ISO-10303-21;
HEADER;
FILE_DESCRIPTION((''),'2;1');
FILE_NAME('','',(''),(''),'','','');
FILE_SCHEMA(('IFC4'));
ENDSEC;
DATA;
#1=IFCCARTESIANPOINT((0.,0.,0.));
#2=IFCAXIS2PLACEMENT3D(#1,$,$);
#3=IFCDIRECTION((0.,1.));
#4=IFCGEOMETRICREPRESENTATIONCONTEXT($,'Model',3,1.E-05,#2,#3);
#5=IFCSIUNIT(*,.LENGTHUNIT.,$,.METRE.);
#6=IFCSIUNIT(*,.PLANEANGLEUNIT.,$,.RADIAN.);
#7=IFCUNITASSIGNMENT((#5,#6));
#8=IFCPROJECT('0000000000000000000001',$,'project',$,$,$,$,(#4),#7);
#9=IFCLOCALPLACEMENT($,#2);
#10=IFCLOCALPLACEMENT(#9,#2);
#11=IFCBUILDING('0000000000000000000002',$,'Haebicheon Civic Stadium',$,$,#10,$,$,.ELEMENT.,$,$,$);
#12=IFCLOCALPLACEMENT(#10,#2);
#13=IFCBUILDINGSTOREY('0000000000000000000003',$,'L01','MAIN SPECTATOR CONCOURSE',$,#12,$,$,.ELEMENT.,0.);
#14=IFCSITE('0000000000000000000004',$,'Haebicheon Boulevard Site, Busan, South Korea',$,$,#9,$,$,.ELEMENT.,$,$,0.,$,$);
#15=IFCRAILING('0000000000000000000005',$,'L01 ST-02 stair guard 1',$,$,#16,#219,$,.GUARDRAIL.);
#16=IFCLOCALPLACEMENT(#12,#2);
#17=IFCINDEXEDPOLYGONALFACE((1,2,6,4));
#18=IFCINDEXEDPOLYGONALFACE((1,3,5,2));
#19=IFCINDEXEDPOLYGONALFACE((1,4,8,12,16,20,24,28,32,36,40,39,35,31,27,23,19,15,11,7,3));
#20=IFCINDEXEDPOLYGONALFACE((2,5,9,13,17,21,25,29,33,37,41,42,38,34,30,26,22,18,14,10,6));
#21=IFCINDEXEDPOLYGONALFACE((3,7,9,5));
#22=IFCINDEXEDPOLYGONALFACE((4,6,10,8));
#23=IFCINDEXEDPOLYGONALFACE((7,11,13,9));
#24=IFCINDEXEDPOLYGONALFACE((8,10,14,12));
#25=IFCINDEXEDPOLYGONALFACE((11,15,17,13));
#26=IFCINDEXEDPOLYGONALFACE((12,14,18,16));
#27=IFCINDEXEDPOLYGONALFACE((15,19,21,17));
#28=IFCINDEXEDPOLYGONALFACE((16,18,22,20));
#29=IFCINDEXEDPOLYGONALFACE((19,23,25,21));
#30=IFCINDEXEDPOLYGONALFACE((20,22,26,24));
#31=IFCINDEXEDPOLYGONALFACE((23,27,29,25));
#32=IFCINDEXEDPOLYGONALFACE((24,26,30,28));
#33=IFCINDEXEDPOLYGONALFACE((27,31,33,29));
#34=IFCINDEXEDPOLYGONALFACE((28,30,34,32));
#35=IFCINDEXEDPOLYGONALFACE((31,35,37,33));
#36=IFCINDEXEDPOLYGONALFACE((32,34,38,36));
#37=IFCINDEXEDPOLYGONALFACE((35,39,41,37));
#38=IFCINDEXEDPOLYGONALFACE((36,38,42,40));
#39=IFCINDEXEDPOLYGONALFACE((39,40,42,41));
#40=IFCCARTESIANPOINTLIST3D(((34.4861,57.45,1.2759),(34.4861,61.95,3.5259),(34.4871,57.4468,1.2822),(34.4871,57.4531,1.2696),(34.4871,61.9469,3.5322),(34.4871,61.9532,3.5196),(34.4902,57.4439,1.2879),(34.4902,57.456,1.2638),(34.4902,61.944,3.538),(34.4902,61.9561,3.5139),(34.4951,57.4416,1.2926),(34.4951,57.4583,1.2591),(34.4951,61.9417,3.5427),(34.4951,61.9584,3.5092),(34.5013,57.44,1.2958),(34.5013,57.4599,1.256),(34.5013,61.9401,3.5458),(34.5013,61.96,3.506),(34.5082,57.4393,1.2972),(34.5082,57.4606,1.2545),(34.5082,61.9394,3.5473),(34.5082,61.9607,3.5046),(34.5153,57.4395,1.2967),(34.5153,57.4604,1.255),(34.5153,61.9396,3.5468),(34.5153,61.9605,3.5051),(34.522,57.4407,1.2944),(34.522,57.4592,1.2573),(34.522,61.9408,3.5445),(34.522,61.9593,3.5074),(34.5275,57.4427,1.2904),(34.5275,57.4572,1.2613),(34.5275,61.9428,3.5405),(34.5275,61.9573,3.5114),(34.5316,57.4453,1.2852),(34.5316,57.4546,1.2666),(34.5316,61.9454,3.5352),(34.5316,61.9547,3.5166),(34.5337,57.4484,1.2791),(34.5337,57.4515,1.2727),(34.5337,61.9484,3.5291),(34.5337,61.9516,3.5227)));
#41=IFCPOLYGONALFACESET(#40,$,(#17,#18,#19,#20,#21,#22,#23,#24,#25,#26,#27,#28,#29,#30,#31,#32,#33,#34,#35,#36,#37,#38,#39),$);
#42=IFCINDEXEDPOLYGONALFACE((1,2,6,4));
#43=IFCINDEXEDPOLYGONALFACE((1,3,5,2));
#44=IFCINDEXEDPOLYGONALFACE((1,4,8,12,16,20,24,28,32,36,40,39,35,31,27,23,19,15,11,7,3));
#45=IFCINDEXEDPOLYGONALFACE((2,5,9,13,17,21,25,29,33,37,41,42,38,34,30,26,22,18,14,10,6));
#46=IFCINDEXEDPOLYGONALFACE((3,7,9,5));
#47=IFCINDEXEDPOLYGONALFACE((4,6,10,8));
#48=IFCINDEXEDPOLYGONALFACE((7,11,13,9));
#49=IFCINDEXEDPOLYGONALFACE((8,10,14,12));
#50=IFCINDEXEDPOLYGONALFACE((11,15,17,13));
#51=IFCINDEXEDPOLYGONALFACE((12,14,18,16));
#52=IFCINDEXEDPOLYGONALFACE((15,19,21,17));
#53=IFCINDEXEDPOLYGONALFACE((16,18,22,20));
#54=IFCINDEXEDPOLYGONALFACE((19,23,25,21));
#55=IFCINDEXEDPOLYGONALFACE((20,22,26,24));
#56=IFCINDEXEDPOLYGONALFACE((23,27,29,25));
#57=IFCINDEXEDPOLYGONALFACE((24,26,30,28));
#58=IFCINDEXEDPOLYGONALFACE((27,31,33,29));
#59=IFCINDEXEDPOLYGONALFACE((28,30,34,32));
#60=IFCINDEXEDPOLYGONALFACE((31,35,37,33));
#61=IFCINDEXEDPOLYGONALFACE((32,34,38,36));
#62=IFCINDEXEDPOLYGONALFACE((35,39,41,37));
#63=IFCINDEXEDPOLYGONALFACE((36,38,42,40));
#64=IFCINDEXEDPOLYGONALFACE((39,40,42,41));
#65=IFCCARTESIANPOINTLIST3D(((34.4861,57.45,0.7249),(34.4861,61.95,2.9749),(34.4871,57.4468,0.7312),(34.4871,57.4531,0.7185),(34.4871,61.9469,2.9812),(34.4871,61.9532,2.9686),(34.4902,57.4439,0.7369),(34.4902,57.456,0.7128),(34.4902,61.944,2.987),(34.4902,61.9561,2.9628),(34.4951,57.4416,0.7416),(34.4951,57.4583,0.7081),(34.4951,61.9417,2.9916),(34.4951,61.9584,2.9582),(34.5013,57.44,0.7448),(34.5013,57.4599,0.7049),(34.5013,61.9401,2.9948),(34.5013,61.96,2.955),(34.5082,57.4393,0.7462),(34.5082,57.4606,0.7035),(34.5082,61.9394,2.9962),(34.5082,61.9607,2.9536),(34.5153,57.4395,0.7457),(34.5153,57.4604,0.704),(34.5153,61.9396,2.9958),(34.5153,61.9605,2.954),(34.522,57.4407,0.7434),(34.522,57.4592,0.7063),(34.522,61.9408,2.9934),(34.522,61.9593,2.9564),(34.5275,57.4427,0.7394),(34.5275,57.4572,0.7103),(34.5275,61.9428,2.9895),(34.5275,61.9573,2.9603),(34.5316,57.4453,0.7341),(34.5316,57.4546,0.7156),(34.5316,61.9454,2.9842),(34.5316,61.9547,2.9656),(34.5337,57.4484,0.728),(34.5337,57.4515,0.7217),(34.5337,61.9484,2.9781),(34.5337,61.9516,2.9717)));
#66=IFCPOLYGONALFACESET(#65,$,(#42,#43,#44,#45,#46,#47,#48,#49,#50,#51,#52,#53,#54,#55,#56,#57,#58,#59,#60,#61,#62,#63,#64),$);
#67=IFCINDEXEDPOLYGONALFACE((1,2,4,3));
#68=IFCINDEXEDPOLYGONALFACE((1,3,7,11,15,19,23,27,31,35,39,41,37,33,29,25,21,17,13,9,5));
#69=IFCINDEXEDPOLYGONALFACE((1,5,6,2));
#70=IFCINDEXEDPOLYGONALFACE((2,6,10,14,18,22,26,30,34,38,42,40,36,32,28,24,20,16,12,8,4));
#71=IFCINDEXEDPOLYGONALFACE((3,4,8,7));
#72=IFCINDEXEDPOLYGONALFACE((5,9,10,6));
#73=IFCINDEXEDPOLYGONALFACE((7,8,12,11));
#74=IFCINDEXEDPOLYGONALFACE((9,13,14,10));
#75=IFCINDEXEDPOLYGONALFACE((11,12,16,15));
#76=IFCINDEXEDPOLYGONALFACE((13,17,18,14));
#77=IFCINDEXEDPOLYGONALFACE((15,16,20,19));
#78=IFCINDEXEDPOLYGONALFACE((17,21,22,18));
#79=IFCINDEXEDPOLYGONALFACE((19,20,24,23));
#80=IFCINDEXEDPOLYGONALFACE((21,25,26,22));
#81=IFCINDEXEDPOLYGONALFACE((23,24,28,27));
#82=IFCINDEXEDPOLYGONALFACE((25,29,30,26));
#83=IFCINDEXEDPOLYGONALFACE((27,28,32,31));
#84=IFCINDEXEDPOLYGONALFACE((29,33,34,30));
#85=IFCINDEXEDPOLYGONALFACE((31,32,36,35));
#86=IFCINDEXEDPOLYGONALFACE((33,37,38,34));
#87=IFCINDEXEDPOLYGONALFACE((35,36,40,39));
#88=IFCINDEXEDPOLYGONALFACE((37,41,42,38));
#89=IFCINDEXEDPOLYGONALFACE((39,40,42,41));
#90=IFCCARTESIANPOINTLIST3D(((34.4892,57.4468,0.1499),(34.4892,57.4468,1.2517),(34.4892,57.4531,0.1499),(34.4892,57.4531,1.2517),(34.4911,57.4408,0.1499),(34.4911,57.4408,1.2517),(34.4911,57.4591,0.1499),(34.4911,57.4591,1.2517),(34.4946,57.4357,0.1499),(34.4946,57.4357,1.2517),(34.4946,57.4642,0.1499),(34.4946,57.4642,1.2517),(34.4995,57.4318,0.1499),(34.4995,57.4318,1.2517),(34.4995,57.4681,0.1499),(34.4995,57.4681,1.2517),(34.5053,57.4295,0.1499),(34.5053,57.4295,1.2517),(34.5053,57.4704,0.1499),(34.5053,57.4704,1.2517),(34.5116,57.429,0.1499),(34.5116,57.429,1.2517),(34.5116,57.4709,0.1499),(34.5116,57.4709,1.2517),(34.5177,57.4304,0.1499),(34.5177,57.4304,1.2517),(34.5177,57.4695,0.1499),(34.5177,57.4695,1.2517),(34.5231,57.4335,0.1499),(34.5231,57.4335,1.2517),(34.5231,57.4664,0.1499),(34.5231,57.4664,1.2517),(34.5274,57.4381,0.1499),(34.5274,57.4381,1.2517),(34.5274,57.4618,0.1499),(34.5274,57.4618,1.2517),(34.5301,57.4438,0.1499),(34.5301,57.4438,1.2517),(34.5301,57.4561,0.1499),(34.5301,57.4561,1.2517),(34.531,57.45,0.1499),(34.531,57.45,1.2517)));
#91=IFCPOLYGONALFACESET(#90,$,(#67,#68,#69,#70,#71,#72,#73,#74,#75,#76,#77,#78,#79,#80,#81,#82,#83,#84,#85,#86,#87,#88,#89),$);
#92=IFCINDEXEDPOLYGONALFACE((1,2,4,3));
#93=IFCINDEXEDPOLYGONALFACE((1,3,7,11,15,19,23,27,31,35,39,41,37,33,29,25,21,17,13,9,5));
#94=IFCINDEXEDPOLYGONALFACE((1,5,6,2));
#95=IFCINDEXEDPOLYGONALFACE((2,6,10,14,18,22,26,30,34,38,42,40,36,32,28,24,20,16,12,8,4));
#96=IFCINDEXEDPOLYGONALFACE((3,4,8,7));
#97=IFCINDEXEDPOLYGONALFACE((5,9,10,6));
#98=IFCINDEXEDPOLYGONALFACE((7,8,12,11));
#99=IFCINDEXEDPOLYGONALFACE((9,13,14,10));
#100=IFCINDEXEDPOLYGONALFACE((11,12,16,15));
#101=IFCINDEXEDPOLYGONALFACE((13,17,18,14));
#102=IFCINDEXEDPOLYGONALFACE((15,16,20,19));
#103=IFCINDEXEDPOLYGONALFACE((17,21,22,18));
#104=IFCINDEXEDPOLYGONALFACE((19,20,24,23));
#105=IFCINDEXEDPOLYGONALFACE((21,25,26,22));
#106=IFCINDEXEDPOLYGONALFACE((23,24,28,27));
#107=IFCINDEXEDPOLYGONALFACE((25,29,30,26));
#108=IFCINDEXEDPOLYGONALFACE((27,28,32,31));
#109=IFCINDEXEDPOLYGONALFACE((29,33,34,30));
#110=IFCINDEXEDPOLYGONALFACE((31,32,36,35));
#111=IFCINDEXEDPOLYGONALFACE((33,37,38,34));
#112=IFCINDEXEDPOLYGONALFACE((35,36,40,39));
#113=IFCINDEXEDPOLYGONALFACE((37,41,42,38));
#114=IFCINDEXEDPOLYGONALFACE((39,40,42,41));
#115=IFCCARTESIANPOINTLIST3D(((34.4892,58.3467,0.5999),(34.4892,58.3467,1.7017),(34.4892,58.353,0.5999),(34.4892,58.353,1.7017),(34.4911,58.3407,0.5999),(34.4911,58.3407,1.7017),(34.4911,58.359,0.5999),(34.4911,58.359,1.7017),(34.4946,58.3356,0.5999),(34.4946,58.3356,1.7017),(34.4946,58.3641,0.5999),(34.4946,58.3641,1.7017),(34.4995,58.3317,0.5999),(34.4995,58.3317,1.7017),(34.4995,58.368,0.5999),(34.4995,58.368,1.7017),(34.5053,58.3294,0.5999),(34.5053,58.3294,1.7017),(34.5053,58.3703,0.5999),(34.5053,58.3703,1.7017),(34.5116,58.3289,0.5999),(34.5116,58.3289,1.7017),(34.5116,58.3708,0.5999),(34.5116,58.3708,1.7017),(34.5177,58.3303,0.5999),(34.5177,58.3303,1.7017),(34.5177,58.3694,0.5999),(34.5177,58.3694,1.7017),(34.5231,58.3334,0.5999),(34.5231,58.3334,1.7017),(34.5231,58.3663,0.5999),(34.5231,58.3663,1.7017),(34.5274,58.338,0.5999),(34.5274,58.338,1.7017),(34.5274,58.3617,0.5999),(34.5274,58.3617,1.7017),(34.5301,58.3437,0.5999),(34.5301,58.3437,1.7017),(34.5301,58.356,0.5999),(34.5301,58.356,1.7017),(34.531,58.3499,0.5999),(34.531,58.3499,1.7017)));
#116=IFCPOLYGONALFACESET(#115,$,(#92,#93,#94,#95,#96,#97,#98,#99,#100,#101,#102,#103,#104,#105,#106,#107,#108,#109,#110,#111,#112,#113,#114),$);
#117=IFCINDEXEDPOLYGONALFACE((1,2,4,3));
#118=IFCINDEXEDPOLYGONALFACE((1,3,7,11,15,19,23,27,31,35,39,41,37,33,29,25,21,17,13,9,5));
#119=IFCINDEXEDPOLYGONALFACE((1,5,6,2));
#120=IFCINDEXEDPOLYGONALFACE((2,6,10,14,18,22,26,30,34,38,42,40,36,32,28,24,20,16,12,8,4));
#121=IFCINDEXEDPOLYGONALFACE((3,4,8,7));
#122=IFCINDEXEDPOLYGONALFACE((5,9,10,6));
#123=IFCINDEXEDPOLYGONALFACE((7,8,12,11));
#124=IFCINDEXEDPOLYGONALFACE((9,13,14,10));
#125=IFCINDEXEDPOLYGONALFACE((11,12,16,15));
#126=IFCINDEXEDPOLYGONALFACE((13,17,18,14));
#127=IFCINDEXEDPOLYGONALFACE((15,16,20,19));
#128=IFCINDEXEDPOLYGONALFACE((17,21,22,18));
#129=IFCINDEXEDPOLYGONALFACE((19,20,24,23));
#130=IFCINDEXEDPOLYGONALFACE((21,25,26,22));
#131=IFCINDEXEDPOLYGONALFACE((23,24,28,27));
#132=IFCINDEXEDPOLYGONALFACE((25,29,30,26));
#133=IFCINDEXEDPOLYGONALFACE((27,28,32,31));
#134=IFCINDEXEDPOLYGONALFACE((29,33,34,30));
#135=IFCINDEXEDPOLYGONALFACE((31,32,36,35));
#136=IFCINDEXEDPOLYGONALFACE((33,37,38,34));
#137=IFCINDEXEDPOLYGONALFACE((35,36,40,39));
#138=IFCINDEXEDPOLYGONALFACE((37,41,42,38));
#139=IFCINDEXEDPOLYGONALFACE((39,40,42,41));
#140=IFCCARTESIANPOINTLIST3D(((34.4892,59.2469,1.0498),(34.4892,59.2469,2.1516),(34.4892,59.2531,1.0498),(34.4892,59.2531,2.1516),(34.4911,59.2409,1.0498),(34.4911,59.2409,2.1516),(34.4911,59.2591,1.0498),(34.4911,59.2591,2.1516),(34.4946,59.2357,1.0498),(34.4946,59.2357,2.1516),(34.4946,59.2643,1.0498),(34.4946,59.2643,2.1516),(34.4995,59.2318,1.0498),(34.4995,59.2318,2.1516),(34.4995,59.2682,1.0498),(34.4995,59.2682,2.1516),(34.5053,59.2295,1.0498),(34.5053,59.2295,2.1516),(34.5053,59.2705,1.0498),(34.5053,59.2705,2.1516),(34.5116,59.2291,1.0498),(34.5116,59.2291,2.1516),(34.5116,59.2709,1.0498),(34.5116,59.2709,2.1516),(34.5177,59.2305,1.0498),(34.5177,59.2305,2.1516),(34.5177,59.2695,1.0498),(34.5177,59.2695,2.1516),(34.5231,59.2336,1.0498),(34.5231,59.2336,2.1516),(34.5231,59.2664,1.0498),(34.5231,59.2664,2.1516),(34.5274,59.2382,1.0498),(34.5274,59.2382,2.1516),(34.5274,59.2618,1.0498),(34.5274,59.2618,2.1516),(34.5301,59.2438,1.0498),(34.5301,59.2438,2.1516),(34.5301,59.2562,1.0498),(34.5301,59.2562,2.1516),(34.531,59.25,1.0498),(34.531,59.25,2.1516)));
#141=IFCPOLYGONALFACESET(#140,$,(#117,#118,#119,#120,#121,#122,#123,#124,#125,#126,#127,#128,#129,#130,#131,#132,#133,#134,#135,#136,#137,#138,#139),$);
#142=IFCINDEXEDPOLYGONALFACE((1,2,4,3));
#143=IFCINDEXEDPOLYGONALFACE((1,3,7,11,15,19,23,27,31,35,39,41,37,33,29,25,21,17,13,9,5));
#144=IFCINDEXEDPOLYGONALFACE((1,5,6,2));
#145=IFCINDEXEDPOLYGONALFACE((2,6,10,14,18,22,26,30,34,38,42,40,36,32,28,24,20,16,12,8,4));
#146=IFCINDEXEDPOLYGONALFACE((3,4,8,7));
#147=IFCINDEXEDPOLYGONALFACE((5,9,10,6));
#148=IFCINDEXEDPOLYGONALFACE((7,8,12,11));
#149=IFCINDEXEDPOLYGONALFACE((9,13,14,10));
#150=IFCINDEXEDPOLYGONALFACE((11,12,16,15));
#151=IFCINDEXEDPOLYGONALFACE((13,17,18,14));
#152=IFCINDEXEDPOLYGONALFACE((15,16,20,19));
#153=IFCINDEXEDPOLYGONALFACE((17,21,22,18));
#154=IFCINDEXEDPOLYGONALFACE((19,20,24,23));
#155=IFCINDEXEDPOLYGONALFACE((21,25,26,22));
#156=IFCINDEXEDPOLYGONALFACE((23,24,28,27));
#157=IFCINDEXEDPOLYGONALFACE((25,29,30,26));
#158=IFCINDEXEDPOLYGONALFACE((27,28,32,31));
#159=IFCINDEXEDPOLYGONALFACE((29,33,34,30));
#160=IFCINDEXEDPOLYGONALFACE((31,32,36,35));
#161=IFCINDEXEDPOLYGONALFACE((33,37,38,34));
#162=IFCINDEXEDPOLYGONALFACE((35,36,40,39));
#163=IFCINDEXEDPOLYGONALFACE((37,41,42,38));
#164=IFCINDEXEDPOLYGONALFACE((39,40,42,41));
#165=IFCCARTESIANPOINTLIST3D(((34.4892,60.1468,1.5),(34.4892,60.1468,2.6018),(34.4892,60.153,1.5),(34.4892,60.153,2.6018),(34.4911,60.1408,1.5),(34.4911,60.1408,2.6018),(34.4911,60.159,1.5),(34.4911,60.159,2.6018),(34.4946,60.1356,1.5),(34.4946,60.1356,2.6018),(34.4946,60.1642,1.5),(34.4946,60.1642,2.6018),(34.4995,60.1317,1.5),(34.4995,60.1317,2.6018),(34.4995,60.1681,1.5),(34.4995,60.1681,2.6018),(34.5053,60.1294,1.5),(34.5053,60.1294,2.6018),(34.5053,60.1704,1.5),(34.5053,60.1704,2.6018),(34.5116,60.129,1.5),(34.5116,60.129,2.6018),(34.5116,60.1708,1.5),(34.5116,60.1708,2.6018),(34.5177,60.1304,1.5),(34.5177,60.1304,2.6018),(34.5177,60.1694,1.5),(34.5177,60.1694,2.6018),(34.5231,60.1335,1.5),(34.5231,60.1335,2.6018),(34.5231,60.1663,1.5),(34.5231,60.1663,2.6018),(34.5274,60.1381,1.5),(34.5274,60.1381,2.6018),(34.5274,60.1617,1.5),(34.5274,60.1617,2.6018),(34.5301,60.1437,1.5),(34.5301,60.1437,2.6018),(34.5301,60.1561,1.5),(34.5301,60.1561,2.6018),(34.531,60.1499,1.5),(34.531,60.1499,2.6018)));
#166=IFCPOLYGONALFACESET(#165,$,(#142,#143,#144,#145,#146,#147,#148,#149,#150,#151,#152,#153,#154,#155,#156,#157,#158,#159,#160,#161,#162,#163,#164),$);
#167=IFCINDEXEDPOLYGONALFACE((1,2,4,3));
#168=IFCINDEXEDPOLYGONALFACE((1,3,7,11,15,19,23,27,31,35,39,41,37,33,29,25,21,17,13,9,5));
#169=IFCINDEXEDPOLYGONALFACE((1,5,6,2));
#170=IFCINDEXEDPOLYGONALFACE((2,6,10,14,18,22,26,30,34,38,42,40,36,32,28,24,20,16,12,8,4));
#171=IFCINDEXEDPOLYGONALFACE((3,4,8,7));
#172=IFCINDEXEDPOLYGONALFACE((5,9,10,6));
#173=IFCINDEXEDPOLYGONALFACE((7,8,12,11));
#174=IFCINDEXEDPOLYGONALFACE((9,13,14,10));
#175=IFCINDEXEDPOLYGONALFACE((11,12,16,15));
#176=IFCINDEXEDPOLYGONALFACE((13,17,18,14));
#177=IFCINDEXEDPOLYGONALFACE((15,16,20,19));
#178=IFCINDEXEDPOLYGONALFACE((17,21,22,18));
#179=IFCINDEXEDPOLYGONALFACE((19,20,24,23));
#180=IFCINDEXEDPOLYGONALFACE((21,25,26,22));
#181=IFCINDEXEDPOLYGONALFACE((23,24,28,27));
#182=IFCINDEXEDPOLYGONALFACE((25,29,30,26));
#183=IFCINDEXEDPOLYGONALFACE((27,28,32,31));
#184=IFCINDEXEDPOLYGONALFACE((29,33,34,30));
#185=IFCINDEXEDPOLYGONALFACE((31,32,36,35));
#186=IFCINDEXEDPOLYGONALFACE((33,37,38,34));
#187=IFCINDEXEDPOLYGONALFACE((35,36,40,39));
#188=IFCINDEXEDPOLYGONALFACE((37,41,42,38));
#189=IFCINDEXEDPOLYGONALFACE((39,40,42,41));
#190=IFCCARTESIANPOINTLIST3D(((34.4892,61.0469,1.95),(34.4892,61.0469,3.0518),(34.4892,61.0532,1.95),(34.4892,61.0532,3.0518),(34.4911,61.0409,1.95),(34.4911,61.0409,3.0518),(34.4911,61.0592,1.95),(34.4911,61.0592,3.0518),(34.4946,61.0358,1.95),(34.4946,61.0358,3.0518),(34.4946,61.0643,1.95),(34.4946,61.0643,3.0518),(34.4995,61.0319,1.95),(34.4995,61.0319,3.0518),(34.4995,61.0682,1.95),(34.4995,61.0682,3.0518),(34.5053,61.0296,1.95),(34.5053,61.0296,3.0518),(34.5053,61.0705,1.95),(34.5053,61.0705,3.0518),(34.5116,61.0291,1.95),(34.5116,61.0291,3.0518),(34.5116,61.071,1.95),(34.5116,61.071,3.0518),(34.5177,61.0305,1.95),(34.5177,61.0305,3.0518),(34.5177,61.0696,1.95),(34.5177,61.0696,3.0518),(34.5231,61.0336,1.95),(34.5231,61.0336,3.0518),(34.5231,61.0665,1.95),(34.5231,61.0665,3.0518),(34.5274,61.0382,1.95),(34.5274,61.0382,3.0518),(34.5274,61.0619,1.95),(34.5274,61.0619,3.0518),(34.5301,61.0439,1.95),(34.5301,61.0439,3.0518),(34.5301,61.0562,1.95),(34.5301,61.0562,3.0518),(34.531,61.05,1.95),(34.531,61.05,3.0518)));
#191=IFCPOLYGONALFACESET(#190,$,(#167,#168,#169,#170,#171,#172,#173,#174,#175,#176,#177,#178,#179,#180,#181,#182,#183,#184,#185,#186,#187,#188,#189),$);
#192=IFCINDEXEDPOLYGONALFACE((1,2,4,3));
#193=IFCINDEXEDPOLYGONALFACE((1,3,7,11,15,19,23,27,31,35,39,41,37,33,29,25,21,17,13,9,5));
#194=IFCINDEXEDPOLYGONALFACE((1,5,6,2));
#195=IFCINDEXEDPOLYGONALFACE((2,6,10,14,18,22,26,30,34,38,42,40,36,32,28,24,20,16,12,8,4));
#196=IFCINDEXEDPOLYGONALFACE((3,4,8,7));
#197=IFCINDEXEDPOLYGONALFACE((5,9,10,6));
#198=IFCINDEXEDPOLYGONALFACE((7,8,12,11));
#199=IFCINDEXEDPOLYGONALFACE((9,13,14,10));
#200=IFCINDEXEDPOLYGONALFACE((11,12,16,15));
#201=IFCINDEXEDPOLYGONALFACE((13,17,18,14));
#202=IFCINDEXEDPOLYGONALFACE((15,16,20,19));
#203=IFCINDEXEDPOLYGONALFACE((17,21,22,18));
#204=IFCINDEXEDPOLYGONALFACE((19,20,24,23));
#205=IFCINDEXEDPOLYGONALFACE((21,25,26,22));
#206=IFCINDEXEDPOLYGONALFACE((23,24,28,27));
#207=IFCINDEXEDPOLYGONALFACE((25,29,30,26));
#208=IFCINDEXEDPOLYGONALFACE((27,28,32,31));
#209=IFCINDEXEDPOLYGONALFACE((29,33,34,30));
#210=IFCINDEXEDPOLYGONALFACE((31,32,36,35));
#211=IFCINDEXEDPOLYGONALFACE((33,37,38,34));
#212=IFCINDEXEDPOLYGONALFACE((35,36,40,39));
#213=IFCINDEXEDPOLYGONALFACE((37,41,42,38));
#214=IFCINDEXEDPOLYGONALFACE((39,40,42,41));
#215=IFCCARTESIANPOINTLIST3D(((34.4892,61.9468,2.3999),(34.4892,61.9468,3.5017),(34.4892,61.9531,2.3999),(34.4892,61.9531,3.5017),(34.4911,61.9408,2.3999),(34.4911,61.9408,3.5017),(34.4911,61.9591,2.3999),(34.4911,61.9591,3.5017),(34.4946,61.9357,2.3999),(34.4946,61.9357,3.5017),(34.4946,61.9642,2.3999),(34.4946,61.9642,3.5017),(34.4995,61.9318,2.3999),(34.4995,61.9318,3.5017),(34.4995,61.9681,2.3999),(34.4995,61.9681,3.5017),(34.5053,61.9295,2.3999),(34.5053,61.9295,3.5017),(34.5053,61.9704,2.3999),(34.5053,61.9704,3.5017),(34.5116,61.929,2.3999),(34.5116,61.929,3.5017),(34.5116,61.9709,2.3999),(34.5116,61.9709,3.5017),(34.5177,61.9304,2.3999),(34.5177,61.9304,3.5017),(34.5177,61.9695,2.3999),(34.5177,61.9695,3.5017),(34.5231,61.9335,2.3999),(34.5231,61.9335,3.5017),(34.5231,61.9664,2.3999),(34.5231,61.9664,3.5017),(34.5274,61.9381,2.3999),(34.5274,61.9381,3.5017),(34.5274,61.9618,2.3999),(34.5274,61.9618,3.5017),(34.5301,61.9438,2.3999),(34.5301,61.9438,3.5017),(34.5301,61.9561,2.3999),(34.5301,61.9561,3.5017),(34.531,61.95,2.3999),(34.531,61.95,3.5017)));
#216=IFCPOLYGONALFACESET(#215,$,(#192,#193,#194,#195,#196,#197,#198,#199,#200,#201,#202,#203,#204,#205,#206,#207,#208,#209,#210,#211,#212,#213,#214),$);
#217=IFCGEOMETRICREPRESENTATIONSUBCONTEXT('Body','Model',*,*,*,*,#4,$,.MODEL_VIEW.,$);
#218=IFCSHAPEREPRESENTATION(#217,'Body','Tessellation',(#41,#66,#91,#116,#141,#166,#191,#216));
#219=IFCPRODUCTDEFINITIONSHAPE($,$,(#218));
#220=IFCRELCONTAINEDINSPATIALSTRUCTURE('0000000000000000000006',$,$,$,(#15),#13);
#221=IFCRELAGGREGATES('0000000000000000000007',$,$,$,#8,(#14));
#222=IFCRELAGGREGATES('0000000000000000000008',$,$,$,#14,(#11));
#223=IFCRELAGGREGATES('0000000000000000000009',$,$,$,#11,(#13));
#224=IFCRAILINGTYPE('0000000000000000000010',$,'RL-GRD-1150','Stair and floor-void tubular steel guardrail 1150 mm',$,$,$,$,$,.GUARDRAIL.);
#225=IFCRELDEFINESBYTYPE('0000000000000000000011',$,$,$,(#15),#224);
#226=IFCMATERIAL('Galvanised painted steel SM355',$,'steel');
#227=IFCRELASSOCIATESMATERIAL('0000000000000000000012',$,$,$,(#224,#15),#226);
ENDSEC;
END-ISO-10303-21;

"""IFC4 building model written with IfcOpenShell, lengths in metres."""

from ifc_helpers import new_model, si_unit, direction, frame, origin, origin_2d, place, context, subcontext, project, spatial, circle, extrude, material, type_object, element, save


model = new_model("IFC4")

# Units and contexts
model_context = context("Model", 3, precision=1e-05, world=origin(), true_north=direction((0.0, 1.0)))
body_context = subcontext(model_context, "Body", "Model", "MODEL_VIEW")
ifc_project = project(units=[si_unit("LENGTHUNIT", "METRE"), si_unit("PLANEANGLEUNIT", "RADIAN")], contexts=[model_context])

# Site, building, storey
site_placement = place(None, origin())
site = spatial("IfcSite", under=ifc_project, at=site_placement, Name="Haebicheon Boulevard Site, Busan, South Korea", CompositionType="ELEMENT", RefElevation=0.0)
building_placement = place(site_placement, origin())
building = spatial("IfcBuilding", under=site, at=building_placement, Name="Haebicheon Civic Stadium", CompositionType="ELEMENT")
storey_placement = place(building_placement, origin())
storey = spatial("IfcBuildingStorey", under=building, at=storey_placement, Name="L01", Description="MAIN SPECTATOR CONCOURSE", CompositionType="ELEMENT", Elevation=0.0)

# Railing
ifc_material_1 = material(Name="Galvanised painted steel SM355", Category="steel")
railing_type_1 = type_object("IfcRailingType", Name="RL-GRD-1150", Description="Stair and floor-void tubular steel guardrail 1150 mm", PredefinedType="GUARDRAIL", material=ifc_material_1)
railing_1_placement = place(storey_placement, frame((34.51, 57.45, 0.1499)))
element("IfcRailing", 1, at=railing_1_placement, inside=storey, type_object=railing_type_1, material=ifc_material_1, Name="L01 ST-02 stair guard 1", PredefinedType="GUARDRAIL", context=body_context, shape_type="SweptSolid", body=[
    extrude(circle(Radius=0.0239, at=origin_2d()), frame((0.0, 0.0, 1.126), z_axis=(0.0, 0.894427, 0.447214), x_axis=(-1.0, 0.0, 0.0)), (0.0, 0.0, 1.0), 5.0312),
    extrude(circle(Radius=0.0239, at=origin_2d()), frame((0.0, 0.0, 0.575), z_axis=(0.0, 0.894427, 0.447214), x_axis=(-1.0, 0.0, 0.0)), (0.0, 0.0, 1.0), 5.0312),
    extrude(circle(Radius=0.021, at=origin_2d()), origin(), (0.0, 0.0, 1.0), 1.1018),
    extrude(circle(Radius=0.021, at=origin_2d()), frame((0.0, 0.8999, 0.45)), (0.0, 0.0, 1.0), 1.1018),
    extrude(circle(Radius=0.021, at=origin_2d()), frame((0.0, 1.8, 0.8999)), (0.0, 0.0, 1.0), 1.1018),
    extrude(circle(Radius=0.021, at=origin_2d()), frame((0.0, 2.7, 1.3501)), (0.0, 0.0, 1.0), 1.1018),
    extrude(circle(Radius=0.021, at=origin_2d()), frame((0.0, 3.6001, 1.8)), (0.0, 0.0, 1.0), 1.1018),
    extrude(circle(Radius=0.021, at=origin_2d()), frame((0.0, 4.5, 2.25)), (0.0, 0.0, 1.0), 1.1018),
])

save(model, "model.ifc")
